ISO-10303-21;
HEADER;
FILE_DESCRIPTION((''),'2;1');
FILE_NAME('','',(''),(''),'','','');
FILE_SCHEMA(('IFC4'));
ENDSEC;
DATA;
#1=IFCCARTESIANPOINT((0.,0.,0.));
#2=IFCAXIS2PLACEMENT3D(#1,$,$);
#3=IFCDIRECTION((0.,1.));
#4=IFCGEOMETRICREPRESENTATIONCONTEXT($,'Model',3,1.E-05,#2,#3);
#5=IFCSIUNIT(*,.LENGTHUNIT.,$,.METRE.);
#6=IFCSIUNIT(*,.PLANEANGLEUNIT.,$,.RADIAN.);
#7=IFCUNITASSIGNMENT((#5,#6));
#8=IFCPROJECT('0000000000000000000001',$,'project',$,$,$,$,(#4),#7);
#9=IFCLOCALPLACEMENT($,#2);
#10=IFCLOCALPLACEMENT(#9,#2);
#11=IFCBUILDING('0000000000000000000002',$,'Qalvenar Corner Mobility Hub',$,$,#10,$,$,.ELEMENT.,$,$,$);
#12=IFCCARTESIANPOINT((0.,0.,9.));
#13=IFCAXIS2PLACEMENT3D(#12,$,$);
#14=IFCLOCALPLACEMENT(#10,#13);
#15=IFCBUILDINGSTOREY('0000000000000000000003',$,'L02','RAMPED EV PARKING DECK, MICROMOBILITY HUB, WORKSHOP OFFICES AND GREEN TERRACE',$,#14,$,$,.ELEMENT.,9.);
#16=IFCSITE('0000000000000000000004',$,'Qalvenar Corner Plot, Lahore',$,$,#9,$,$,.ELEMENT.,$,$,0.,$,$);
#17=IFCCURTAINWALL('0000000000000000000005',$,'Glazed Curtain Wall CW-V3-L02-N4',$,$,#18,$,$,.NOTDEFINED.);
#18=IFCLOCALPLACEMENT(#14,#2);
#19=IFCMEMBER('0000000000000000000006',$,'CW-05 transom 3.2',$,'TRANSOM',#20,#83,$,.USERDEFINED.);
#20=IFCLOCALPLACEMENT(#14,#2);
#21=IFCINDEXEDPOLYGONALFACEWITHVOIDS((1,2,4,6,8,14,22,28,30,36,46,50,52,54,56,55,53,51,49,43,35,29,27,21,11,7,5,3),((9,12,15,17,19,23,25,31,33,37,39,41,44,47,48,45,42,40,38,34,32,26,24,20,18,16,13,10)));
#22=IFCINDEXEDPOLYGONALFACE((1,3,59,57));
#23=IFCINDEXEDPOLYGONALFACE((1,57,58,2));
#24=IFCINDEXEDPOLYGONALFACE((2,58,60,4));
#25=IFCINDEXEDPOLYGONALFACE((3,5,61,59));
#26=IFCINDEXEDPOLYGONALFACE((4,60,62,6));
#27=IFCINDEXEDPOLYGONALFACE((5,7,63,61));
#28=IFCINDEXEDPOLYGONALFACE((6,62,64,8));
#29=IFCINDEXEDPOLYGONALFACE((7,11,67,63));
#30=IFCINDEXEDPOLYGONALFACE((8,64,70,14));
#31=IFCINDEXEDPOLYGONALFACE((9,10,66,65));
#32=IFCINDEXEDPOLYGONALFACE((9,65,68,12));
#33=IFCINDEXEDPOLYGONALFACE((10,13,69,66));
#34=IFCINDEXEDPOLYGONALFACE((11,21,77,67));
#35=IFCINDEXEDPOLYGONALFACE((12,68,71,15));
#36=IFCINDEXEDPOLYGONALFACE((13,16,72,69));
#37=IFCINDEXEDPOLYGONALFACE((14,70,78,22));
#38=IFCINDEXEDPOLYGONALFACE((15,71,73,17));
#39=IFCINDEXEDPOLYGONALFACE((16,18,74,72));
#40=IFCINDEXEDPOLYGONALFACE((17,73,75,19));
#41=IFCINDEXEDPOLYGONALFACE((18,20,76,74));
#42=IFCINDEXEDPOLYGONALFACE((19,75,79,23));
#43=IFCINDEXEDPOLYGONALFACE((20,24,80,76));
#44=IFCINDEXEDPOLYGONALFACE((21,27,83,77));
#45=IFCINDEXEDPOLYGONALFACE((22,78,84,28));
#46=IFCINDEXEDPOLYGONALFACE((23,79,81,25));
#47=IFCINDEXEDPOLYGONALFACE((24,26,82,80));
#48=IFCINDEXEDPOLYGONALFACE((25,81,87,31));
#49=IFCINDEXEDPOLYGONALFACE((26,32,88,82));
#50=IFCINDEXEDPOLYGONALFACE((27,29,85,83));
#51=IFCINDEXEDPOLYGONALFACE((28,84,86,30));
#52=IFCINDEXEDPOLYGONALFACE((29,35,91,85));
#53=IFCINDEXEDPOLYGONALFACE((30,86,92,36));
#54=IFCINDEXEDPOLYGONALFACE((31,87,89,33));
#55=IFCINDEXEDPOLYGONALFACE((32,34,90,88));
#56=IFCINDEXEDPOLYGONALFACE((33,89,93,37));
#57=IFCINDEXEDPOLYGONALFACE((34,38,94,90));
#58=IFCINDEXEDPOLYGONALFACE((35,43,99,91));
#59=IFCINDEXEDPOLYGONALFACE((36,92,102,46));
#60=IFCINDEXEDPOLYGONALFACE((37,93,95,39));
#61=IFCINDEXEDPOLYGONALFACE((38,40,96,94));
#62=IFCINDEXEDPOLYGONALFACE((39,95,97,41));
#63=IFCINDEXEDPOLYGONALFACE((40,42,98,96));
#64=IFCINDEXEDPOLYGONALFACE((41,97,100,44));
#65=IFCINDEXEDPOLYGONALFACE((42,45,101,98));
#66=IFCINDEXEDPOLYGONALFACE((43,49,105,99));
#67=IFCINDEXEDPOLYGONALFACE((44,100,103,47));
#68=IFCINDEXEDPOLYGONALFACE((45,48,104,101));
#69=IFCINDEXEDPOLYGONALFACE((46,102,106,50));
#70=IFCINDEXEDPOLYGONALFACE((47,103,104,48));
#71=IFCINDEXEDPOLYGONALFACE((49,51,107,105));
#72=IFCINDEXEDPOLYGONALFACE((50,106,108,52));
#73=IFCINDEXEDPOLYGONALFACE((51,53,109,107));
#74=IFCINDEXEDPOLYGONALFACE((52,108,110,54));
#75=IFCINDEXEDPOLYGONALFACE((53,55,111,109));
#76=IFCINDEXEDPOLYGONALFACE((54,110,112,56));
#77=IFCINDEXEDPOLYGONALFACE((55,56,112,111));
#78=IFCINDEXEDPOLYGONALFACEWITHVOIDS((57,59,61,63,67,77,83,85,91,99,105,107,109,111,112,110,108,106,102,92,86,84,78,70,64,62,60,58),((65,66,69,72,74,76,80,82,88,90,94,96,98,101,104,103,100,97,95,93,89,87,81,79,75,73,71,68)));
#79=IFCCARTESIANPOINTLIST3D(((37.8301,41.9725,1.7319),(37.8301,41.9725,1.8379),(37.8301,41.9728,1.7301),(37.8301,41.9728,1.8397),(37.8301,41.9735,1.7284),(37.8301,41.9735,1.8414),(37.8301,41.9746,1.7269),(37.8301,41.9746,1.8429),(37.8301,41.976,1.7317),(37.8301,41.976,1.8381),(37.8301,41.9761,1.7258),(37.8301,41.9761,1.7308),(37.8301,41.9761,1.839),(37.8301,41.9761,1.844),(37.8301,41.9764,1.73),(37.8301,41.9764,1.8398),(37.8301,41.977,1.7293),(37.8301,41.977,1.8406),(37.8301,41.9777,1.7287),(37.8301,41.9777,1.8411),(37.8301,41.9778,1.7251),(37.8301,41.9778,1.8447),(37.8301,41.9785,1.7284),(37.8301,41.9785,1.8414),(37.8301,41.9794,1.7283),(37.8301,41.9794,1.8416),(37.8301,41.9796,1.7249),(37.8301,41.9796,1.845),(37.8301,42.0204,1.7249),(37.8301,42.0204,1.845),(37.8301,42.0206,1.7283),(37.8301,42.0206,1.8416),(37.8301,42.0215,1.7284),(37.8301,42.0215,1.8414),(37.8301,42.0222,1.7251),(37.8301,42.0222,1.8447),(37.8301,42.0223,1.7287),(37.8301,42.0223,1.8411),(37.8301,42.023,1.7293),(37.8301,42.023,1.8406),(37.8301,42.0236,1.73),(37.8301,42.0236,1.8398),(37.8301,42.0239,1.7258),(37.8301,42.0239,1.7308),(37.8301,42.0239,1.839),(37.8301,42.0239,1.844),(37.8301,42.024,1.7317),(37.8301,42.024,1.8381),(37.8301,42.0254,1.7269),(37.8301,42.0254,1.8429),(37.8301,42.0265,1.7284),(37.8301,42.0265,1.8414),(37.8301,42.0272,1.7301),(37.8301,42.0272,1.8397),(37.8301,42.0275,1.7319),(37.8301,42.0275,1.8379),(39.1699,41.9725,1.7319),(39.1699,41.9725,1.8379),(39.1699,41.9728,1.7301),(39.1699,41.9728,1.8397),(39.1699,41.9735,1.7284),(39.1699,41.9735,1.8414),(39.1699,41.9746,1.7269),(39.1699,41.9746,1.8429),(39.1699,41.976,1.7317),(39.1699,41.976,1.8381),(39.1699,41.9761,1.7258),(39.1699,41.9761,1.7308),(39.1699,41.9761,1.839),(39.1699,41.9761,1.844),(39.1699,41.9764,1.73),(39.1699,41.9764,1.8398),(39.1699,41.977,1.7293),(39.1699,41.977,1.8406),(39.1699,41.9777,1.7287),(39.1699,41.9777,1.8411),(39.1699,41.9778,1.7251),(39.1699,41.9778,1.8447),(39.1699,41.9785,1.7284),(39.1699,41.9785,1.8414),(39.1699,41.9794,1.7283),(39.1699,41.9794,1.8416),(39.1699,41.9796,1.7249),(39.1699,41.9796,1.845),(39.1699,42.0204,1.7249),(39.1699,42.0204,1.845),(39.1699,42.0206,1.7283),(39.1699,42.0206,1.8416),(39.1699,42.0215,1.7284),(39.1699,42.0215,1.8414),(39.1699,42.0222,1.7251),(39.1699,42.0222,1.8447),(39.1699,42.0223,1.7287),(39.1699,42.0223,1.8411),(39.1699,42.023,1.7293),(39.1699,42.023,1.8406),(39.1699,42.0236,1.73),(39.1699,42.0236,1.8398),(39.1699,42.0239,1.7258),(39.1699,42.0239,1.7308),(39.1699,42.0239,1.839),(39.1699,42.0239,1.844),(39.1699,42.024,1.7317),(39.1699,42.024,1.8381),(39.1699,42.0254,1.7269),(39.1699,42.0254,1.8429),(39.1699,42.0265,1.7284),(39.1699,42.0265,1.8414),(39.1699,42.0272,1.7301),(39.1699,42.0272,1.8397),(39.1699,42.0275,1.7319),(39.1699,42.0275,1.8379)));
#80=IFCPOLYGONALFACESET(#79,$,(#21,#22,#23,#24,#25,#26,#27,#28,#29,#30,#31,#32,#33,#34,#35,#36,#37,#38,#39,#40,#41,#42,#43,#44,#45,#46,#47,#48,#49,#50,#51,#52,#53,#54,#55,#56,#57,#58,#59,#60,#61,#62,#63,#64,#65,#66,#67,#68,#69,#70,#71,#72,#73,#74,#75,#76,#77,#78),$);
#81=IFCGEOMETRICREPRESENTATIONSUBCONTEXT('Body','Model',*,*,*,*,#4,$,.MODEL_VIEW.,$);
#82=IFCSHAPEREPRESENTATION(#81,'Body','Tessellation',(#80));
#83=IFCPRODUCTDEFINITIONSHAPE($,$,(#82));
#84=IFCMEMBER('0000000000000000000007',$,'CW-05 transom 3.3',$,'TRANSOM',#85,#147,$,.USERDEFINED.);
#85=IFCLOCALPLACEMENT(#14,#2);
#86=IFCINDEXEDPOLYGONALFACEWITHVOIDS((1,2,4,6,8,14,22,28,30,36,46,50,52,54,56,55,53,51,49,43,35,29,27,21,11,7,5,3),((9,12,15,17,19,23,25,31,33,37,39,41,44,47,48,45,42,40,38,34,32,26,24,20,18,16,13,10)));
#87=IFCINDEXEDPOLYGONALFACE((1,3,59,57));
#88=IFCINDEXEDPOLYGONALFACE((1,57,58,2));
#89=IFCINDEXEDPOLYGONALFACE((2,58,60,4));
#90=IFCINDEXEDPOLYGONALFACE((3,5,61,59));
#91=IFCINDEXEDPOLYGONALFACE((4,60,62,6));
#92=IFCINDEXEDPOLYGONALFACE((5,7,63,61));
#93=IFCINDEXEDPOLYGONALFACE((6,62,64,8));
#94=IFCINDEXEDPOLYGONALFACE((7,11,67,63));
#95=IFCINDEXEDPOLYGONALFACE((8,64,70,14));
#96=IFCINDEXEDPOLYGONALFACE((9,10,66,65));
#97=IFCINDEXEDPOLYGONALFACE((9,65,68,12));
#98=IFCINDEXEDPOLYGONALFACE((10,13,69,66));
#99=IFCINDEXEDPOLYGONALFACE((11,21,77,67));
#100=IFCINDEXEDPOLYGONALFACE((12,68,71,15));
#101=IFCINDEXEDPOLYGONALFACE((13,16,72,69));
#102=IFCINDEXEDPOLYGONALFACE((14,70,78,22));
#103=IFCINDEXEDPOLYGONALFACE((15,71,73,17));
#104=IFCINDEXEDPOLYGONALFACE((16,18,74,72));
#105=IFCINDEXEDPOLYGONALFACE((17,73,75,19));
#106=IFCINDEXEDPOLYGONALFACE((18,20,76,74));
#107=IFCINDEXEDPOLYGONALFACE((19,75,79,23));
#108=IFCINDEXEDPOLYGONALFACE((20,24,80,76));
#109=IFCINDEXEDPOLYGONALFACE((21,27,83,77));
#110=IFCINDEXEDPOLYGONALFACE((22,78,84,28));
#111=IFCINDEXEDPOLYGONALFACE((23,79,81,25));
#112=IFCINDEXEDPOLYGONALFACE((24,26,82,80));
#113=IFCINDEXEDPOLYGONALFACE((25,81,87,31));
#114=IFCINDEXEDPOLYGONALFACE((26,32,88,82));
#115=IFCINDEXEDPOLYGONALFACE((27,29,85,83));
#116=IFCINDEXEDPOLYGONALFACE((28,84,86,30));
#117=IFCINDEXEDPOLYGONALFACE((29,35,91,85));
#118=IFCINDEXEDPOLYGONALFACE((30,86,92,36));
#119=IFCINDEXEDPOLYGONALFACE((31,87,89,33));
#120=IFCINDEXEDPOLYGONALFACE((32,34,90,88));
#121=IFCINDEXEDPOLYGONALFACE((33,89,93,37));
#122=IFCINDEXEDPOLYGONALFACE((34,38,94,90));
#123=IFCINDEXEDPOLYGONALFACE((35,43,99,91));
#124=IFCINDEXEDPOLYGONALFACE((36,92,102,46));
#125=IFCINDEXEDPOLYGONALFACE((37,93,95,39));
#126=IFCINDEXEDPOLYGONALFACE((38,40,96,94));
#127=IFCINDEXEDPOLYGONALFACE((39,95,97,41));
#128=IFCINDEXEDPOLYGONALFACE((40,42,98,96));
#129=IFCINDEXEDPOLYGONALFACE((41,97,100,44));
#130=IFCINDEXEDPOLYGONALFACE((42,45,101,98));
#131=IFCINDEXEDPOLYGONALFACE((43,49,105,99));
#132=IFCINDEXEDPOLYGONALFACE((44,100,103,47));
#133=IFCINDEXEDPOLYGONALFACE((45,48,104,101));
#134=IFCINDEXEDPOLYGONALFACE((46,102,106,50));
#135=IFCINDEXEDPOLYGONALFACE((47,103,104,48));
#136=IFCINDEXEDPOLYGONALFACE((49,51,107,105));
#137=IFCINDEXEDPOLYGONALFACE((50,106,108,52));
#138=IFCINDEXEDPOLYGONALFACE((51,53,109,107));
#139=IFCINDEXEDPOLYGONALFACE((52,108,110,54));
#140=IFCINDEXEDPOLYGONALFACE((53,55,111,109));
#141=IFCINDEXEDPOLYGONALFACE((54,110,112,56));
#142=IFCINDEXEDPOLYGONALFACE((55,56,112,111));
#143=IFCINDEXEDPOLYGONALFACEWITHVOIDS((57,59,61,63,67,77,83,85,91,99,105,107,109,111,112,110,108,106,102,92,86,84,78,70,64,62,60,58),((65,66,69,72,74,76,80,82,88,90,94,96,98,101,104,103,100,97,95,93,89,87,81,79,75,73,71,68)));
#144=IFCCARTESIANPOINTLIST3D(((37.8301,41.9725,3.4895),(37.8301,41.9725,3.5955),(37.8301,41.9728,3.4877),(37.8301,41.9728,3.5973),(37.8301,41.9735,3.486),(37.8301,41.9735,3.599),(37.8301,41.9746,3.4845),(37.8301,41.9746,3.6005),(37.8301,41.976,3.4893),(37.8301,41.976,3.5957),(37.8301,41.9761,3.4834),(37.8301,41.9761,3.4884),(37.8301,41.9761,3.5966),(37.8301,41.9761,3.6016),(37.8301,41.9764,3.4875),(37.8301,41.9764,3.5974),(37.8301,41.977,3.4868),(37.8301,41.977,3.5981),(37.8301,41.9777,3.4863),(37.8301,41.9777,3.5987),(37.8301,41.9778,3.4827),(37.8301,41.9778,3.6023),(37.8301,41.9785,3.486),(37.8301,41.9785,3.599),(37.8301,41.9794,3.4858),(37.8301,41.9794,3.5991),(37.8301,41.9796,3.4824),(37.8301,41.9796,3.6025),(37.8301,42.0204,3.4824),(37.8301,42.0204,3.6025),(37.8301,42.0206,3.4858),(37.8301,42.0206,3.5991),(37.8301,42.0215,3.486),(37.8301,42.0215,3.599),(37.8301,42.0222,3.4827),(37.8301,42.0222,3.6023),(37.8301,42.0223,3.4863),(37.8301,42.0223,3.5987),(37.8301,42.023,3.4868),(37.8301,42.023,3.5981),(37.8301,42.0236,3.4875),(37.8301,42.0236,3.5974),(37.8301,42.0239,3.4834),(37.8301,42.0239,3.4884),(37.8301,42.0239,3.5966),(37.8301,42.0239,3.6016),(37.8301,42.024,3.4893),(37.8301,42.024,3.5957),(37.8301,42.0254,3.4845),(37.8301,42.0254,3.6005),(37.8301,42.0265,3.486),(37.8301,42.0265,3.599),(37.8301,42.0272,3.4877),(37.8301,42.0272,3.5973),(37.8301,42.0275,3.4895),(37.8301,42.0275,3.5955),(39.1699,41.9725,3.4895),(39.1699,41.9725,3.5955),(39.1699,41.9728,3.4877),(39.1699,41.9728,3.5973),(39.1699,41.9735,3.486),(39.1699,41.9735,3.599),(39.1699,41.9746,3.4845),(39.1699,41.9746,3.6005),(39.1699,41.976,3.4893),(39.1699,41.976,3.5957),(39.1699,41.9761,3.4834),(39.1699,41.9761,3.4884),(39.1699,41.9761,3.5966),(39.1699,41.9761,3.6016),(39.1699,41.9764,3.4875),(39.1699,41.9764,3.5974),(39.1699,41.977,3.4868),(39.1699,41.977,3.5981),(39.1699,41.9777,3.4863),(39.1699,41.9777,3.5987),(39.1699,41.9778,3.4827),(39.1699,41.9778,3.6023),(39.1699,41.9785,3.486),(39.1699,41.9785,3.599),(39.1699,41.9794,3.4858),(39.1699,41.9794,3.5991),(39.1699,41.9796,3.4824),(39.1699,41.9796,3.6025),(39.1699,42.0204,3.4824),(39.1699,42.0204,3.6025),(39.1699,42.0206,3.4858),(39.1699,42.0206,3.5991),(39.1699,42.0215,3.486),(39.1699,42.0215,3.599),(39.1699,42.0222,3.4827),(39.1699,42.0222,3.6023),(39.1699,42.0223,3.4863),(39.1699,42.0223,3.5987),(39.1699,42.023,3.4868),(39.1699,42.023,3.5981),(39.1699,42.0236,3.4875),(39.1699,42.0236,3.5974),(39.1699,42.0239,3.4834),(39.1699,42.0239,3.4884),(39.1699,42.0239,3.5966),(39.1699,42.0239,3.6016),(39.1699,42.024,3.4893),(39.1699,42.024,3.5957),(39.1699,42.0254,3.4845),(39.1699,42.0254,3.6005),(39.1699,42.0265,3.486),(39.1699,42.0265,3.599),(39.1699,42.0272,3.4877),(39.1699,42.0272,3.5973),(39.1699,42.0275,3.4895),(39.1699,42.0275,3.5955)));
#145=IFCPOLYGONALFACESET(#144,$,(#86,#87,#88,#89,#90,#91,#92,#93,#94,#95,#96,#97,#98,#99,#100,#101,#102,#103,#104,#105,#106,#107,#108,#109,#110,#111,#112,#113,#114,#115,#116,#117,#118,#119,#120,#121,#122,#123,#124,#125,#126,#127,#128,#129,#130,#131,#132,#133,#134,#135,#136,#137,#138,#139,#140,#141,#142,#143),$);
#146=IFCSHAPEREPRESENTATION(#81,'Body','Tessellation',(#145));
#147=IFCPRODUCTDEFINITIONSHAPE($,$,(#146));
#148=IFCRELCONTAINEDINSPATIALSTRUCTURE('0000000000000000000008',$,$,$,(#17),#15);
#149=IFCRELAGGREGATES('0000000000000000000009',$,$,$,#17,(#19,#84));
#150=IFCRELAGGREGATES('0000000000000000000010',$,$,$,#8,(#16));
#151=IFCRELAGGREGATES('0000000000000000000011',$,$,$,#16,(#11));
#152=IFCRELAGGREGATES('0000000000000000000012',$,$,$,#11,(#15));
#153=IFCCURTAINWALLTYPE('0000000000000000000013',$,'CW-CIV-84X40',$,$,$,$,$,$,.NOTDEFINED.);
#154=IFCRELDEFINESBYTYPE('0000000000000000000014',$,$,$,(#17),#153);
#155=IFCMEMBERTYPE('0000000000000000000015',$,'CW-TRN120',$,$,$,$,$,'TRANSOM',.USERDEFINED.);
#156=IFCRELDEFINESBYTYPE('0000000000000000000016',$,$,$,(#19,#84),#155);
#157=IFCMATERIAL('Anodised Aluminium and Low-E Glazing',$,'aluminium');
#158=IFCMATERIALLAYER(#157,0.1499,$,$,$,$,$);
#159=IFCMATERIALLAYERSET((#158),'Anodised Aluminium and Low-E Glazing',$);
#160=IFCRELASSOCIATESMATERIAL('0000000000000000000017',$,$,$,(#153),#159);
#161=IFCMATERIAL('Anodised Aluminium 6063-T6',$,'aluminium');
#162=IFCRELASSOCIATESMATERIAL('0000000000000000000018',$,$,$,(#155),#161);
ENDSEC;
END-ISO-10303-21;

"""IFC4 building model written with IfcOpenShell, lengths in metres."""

from ifc_helpers import new_model, si_unit, direction, frame, origin, origin_2d, place, context, subcontext, project, spatial, hollow_rectangle, extrude, material, layer, layer_set, material_profile, profile_set, type_object, element, aggregate, save


model = new_model("IFC4")

# Units and contexts
model_context = context("Model", 3, precision=1e-05, world=origin(), true_north=direction((0.0, 1.0)))
body_context = subcontext(model_context, "Body", "Model", "MODEL_VIEW")
ifc_project = project(units=[si_unit("LENGTHUNIT", "METRE"), si_unit("PLANEANGLEUNIT", "RADIAN")], contexts=[model_context])

# Site, building, storey
site_placement = place(None, origin())
site = spatial("IfcSite", under=ifc_project, at=site_placement, Name="Qalvenar Corner Plot, Lahore", CompositionType="ELEMENT", RefElevation=0.0)
building_placement = place(site_placement, origin())
building = spatial("IfcBuilding", under=site, at=building_placement, Name="Qalvenar Corner Mobility Hub", CompositionType="ELEMENT")
storey_placement = place(building_placement, frame((0.0, 0.0, 9.0)))
storey = spatial("IfcBuildingStorey", under=building, at=storey_placement, Name="L02", Description="RAMPED EV PARKING DECK, MICROMOBILITY HUB, WORKSHOP OFFICES AND GREEN TERRACE", CompositionType="ELEMENT", Elevation=9.0)

# Curtain wall, members
ifc_material_1 = material(Name="Anodised Aluminium and Low-E Glazing", Category="aluminium")
ifc_layer_1 = layer(ifc_material_1, 0.1499)
ifc_layer_set_1 = layer_set([ifc_layer_1], Name="Anodised Aluminium and Low-E Glazing")
curtain_wall_type = type_object("IfcCurtainWallType", Name="CW-CIV-84X40", PredefinedType="NOTDEFINED", material=ifc_layer_set_1)
curtain_wall_placement = place(storey_placement, origin())
curtain_wall = element("IfcCurtainWall", 1, at=curtain_wall_placement, inside=storey, type_object=curtain_wall_type, Name="Glazed Curtain Wall CW-V3-L02-N4", PredefinedType="NOTDEFINED")
ifc_material_2 = material(Name="Anodised Aluminium 6063-T6", Category="aluminium")
ifc_material_profile_1 = material_profile(ifc_material_2, hollow_rectangle(XDim=0.0549, YDim=0.1201, WallThickness=0.0034, InnerFilletRadius=0.0034, OuterFilletRadius=0.0071, at=origin_2d()), Name="RHS120x55x3.5")
ifc_profile_set_1 = profile_set([ifc_material_profile_1], Name="Anodised Aluminium 6063-T6")
member_type_1 = type_object("IfcMemberType", Name="CW-TRN120", ElementType="TRANSOM", PredefinedType="USERDEFINED", material=ifc_profile_set_1)
member_1_placement = place(storey_placement, frame((39.1699, 42.0, 1.7849), z_axis=(-1.0, 0.0, 0.0), x_axis=(0.0, -1.0, 0.0)))
member_1 = element("IfcMember", 2, at=member_1_placement, type_object=member_type_1, Name="CW-05 transom 3.2", ObjectType="TRANSOM", PredefinedType="USERDEFINED", context=body_context, shape_type="SweptSolid", body=[
    extrude(hollow_rectangle(XDim=0.0549, YDim=0.1201, WallThickness=0.0034, InnerFilletRadius=0.0034, OuterFilletRadius=0.0071, at=origin_2d()), origin(), (0.0, 0.0, 1.0), 1.3398),
])
member_2_placement = place(storey_placement, frame((39.1699, 42.0, 3.5425), z_axis=(-1.0, 0.0, 0.0), x_axis=(0.0, -1.0, 0.0)))
member_2 = element("IfcMember", 3, at=member_2_placement, type_object=member_type_1, Name="CW-05 transom 3.3", ObjectType="TRANSOM", PredefinedType="USERDEFINED", context=body_context, shape_type="SweptSolid", body=[
    extrude(hollow_rectangle(XDim=0.0549, YDim=0.1201, WallThickness=0.0034, InnerFilletRadius=0.0034, OuterFilletRadius=0.0071, at=origin_2d()), origin(), (0.0, 0.0, 1.0), 1.3398),
])
aggregate(curtain_wall, [member_1, member_2])

save(model, "model.ifc")
